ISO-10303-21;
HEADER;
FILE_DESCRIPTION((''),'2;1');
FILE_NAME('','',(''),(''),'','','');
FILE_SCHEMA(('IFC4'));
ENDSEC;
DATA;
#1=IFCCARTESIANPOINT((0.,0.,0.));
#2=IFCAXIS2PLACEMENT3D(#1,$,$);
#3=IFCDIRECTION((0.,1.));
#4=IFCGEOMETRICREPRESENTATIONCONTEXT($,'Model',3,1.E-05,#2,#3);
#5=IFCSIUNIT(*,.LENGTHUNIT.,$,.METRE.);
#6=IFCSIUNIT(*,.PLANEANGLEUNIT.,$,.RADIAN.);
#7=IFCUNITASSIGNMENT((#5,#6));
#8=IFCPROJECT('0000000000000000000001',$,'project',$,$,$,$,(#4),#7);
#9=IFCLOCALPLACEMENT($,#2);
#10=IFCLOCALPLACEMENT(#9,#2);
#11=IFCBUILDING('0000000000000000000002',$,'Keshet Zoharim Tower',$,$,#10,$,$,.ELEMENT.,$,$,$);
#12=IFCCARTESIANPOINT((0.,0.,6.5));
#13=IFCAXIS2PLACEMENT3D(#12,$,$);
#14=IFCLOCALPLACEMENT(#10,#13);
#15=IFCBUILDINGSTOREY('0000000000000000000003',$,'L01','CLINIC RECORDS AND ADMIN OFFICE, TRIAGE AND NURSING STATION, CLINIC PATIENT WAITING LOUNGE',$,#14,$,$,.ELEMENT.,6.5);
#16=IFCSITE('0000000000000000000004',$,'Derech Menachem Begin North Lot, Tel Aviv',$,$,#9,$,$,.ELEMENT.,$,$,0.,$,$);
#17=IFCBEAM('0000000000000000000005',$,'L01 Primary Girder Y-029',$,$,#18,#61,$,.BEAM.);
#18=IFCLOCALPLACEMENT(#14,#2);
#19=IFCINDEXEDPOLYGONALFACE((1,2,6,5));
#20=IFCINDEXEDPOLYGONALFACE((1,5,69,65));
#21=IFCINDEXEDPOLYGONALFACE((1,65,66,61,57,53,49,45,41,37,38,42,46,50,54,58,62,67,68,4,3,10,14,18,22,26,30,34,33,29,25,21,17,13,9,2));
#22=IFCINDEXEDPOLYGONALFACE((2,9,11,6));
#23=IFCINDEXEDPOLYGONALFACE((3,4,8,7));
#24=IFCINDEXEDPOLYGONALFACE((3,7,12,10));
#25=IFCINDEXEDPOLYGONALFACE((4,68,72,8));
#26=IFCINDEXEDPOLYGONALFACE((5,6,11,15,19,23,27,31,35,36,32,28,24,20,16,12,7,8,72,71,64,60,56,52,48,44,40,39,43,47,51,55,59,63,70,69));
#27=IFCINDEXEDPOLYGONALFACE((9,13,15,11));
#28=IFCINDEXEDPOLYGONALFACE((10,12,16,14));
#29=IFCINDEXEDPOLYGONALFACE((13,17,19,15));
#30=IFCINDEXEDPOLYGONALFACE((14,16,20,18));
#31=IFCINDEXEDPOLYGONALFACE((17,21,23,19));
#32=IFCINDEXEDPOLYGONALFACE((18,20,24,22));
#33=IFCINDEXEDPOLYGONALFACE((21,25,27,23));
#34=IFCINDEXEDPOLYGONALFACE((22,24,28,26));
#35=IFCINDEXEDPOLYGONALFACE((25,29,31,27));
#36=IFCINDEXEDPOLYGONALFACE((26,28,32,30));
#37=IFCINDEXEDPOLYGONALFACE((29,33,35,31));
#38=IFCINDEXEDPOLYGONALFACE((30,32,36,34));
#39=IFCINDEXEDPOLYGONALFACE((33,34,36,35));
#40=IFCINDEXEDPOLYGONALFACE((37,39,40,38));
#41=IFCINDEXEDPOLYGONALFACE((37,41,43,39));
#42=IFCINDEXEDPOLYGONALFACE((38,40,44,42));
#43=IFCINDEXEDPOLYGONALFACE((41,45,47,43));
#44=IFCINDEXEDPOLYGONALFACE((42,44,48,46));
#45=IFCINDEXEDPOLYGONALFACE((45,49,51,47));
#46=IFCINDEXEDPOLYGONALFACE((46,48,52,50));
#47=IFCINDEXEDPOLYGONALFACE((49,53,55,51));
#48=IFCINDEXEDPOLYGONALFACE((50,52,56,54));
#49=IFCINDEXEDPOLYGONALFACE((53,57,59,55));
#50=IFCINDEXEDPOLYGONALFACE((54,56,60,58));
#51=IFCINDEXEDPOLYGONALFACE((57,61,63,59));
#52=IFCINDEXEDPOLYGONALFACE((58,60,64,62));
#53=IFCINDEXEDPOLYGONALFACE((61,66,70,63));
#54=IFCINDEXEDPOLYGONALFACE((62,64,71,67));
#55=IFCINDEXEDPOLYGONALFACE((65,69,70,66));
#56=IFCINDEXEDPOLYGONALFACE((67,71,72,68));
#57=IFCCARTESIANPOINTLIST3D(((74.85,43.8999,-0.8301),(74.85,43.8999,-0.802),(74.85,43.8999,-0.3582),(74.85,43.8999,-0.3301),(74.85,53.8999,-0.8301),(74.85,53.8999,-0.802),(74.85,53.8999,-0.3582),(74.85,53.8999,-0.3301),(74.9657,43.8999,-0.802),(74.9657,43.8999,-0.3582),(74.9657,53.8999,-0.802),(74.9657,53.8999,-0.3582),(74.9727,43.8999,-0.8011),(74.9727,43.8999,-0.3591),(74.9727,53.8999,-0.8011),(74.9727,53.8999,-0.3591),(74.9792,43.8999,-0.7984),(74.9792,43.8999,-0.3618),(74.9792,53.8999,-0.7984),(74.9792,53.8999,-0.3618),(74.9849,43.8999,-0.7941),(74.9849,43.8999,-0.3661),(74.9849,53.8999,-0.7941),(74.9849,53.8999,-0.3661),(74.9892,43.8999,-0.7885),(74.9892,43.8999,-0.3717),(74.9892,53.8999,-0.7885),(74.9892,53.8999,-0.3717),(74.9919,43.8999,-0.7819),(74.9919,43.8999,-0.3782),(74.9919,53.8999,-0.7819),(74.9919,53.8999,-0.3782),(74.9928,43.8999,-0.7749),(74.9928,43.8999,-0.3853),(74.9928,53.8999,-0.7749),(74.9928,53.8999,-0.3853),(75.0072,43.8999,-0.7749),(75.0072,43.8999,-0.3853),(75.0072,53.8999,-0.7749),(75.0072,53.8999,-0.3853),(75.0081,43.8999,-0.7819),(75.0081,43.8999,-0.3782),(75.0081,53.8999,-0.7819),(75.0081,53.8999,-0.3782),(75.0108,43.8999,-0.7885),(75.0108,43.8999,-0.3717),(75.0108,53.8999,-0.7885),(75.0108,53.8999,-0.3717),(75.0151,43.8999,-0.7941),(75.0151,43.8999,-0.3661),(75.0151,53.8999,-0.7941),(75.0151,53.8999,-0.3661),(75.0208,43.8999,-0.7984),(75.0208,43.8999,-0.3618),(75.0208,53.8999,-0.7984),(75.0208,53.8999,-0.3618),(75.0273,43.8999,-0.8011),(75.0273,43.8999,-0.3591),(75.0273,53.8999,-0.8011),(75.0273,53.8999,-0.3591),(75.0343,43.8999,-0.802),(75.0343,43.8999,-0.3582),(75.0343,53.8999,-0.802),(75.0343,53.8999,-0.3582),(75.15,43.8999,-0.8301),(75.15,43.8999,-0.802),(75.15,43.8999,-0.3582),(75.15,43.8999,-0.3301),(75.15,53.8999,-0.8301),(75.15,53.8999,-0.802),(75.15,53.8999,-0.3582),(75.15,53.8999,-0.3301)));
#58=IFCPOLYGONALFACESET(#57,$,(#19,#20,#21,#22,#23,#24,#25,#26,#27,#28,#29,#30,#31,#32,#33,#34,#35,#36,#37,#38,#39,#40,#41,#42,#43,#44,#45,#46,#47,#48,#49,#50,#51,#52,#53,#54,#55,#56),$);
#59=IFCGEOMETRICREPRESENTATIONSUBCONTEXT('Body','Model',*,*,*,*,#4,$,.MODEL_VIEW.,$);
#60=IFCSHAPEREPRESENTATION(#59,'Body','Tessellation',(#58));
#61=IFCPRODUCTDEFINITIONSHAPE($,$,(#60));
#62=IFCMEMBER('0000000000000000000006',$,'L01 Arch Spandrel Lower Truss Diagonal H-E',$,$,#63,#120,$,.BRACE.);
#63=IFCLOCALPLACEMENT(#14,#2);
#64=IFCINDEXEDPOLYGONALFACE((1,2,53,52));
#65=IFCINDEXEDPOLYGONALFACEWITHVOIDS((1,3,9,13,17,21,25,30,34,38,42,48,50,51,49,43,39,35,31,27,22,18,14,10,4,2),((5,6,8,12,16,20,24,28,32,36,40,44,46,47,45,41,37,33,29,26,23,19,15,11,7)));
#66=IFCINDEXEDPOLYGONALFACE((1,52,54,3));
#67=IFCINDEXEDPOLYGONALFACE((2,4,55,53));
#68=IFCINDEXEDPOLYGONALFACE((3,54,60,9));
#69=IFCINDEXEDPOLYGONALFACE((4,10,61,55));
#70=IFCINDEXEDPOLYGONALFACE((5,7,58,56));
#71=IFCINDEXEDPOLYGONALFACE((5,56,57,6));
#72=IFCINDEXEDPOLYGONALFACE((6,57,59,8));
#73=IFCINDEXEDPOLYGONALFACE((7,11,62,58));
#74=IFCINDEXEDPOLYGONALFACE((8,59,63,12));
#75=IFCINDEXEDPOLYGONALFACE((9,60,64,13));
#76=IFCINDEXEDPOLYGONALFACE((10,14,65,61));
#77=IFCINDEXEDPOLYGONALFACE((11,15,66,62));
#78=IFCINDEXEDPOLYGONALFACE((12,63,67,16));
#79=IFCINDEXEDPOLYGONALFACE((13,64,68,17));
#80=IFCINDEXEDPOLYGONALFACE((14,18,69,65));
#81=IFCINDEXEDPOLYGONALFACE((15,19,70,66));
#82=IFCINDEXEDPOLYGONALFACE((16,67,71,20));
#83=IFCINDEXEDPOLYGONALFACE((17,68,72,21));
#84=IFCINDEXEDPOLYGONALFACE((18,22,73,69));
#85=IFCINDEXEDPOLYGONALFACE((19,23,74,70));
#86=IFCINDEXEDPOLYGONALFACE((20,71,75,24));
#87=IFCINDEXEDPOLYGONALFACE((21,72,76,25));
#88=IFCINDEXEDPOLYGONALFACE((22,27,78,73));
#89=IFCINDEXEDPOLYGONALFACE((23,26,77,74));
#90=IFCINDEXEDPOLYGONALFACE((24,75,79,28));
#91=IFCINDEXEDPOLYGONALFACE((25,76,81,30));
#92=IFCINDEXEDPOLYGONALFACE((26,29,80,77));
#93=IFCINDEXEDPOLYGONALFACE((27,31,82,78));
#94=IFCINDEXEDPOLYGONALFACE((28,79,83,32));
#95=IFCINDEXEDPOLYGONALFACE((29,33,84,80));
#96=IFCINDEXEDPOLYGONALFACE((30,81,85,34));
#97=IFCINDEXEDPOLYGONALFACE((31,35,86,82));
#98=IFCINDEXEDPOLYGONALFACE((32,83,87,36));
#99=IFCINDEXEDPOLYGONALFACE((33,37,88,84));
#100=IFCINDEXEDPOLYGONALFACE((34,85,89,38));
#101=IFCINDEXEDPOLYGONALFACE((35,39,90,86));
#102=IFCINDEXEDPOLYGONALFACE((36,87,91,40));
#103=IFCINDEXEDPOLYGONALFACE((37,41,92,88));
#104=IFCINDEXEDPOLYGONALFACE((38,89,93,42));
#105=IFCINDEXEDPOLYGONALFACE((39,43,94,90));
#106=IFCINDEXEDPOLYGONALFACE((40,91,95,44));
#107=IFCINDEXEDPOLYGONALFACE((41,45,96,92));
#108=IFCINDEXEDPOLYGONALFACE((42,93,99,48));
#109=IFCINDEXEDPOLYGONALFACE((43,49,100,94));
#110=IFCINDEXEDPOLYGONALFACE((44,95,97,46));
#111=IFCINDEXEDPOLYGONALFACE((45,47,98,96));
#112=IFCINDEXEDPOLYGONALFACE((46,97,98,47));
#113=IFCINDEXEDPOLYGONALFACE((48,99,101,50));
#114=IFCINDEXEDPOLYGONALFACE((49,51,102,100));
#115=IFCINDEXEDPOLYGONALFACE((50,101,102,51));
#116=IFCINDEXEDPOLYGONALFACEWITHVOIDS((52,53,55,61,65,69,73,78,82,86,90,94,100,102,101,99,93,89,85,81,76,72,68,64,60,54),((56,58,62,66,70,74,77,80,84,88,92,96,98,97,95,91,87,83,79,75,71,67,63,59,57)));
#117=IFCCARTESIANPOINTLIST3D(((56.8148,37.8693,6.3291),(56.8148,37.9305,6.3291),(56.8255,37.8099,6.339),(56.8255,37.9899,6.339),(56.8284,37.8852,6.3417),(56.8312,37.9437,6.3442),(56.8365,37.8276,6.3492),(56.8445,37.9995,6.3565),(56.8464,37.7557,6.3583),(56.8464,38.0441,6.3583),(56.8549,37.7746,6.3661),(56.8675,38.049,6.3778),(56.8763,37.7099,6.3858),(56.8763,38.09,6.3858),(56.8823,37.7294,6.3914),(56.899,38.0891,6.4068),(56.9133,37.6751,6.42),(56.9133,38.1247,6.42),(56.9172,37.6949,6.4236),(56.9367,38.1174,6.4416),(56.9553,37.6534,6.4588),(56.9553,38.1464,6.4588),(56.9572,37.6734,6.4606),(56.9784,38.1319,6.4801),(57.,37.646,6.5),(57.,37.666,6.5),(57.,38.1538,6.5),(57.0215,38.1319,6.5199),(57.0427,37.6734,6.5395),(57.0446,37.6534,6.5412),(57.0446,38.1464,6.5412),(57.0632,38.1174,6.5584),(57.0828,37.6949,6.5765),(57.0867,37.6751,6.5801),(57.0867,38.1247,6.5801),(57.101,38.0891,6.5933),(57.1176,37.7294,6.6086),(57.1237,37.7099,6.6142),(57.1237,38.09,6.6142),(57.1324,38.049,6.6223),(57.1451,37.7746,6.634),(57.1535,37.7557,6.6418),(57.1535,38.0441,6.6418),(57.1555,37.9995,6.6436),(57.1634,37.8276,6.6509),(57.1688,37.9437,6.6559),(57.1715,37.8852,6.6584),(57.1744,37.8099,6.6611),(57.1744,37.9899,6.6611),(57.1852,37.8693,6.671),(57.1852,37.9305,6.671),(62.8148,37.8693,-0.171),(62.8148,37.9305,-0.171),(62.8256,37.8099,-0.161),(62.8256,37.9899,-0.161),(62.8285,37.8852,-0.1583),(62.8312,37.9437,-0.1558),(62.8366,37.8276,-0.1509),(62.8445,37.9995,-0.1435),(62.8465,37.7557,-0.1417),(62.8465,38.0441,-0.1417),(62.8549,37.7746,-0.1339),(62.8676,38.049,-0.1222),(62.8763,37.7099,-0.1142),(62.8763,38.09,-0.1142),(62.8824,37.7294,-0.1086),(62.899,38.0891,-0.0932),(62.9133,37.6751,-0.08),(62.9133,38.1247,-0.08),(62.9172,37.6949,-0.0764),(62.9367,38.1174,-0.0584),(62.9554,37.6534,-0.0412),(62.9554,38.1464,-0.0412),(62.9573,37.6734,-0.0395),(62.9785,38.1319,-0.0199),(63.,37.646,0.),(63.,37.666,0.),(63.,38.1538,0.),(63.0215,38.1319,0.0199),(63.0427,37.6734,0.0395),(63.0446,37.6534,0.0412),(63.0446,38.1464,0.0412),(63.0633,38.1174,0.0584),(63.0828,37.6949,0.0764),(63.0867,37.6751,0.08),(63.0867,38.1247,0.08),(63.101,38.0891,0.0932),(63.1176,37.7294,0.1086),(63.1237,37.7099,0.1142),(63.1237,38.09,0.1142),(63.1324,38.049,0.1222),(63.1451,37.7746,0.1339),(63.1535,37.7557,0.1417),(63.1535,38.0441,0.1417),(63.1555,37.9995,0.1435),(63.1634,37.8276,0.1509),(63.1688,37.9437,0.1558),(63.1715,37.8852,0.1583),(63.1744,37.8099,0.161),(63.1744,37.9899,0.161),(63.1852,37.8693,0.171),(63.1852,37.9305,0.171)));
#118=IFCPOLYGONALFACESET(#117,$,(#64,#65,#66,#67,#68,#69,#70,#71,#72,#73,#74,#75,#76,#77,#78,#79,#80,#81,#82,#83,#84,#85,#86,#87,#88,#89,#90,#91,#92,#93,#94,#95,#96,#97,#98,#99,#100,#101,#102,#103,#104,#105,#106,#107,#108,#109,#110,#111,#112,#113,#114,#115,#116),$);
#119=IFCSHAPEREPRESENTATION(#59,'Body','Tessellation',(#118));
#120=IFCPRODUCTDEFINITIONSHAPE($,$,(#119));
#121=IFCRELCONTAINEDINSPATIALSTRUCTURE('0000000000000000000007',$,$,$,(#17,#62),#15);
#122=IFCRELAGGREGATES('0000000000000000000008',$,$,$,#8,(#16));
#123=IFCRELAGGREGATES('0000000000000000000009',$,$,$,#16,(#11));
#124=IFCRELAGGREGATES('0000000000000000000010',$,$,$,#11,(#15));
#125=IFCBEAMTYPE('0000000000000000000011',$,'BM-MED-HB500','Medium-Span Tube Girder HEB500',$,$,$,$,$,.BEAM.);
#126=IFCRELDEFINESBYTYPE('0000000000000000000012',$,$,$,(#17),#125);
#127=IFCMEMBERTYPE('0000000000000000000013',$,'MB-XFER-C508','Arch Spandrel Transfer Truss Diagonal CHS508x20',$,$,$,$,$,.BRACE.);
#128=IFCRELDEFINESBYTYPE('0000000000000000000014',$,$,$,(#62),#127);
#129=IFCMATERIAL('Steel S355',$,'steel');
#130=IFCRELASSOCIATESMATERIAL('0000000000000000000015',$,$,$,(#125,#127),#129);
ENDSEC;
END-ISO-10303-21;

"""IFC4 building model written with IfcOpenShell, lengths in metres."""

from ifc_helpers import new_model, si_unit, direction, frame, origin, origin_2d, place, context, subcontext, project, spatial, hollow_circle, i_section, extrude, material, material_profile, profile_set, type_object, element, save


model = new_model("IFC4")

# Units and contexts
model_context = context("Model", 3, precision=1e-05, world=origin(), true_north=direction((0.0, 1.0)))
body_context = subcontext(model_context, "Body", "Model", "MODEL_VIEW")
ifc_project = project(units=[si_unit("LENGTHUNIT", "METRE"), si_unit("PLANEANGLEUNIT", "RADIAN")], contexts=[model_context])

# Site, building, storey
site_placement = place(None, origin())
site = spatial("IfcSite", under=ifc_project, at=site_placement, Name="Derech Menachem Begin North Lot, Tel Aviv", CompositionType="ELEMENT", RefElevation=0.0)
building_placement = place(site_placement, origin())
building = spatial("IfcBuilding", under=site, at=building_placement, Name="Keshet Zoharim Tower", CompositionType="ELEMENT")
storey_placement = place(building_placement, frame((0.0, 0.0, 6.5)))
storey = spatial("IfcBuildingStorey", under=building, at=storey_placement, Name="L01", Description="CLINIC RECORDS AND ADMIN OFFICE, TRIAGE AND NURSING STATION, CLINIC PATIENT WAITING LOUNGE", CompositionType="ELEMENT", Elevation=6.5)

# Beam
ifc_material_1 = material(Name="Steel S355", Category="steel")
ifc_material_profile_1 = material_profile(ifc_material_1, i_section(OverallWidth=0.3, OverallDepth=0.5, WebThickness=0.0144, FlangeThickness=0.0281, FilletRadius=0.0271, at=origin_2d()), Name="HEB500")
ifc_profile_set_1 = profile_set([ifc_material_profile_1], Name="Steel S355")
beam_type_1 = type_object("IfcBeamType", Name="BM-MED-HB500", Description="Medium-Span Tube Girder HEB500", PredefinedType="BEAM", material=ifc_profile_set_1)
beam_1_placement = place(storey_placement, frame((75.0, 43.8999, -0.5801), z_axis=(0.0, 1.0, 0.0), x_axis=(-1.0, 0.0, 0.0)))
element("IfcBeam", 1, at=beam_1_placement, inside=storey, type_object=beam_type_1, Name="L01 Primary Girder Y-029", PredefinedType="BEAM", context=body_context, shape_type="SweptSolid", body=[
    extrude(i_section(OverallWidth=0.3, OverallDepth=0.5, WebThickness=0.0144, FlangeThickness=0.0281, FilletRadius=0.0271, at=origin_2d()), origin(), (0.0, 0.0, 1.0), 10.0),
])

# Member
ifc_material_profile_2 = material_profile(ifc_material_1, hollow_circle(Radius=0.2539, WallThickness=0.02, at=origin_2d()), Name="CHS508x20")
ifc_profile_set_2 = profile_set([ifc_material_profile_2], Name="Steel S355")
member_type = type_object("IfcMemberType", Name="MB-XFER-C508", Description="Arch Spandrel Transfer Truss Diagonal CHS508x20", PredefinedType="BRACE", material=ifc_profile_set_2)
member_placement = place(storey_placement, frame((63.0, 37.8999, 0.0), z_axis=(-0.67828, 0.0, 0.734803), x_axis=(0.0, -1.0, 0.0)))
element("IfcMember", 2, at=member_placement, inside=storey, type_object=member_type, Name="L01 Arch Spandrel Lower Truss Diagonal H-E", PredefinedType="BRACE", context=body_context, shape_type="SweptSolid", body=[
    extrude(hollow_circle(Radius=0.2539, WallThickness=0.02, at=origin_2d()), origin(), (0.0, 0.0, 1.0), 8.8459),
])

save(model, "model.ifc")
